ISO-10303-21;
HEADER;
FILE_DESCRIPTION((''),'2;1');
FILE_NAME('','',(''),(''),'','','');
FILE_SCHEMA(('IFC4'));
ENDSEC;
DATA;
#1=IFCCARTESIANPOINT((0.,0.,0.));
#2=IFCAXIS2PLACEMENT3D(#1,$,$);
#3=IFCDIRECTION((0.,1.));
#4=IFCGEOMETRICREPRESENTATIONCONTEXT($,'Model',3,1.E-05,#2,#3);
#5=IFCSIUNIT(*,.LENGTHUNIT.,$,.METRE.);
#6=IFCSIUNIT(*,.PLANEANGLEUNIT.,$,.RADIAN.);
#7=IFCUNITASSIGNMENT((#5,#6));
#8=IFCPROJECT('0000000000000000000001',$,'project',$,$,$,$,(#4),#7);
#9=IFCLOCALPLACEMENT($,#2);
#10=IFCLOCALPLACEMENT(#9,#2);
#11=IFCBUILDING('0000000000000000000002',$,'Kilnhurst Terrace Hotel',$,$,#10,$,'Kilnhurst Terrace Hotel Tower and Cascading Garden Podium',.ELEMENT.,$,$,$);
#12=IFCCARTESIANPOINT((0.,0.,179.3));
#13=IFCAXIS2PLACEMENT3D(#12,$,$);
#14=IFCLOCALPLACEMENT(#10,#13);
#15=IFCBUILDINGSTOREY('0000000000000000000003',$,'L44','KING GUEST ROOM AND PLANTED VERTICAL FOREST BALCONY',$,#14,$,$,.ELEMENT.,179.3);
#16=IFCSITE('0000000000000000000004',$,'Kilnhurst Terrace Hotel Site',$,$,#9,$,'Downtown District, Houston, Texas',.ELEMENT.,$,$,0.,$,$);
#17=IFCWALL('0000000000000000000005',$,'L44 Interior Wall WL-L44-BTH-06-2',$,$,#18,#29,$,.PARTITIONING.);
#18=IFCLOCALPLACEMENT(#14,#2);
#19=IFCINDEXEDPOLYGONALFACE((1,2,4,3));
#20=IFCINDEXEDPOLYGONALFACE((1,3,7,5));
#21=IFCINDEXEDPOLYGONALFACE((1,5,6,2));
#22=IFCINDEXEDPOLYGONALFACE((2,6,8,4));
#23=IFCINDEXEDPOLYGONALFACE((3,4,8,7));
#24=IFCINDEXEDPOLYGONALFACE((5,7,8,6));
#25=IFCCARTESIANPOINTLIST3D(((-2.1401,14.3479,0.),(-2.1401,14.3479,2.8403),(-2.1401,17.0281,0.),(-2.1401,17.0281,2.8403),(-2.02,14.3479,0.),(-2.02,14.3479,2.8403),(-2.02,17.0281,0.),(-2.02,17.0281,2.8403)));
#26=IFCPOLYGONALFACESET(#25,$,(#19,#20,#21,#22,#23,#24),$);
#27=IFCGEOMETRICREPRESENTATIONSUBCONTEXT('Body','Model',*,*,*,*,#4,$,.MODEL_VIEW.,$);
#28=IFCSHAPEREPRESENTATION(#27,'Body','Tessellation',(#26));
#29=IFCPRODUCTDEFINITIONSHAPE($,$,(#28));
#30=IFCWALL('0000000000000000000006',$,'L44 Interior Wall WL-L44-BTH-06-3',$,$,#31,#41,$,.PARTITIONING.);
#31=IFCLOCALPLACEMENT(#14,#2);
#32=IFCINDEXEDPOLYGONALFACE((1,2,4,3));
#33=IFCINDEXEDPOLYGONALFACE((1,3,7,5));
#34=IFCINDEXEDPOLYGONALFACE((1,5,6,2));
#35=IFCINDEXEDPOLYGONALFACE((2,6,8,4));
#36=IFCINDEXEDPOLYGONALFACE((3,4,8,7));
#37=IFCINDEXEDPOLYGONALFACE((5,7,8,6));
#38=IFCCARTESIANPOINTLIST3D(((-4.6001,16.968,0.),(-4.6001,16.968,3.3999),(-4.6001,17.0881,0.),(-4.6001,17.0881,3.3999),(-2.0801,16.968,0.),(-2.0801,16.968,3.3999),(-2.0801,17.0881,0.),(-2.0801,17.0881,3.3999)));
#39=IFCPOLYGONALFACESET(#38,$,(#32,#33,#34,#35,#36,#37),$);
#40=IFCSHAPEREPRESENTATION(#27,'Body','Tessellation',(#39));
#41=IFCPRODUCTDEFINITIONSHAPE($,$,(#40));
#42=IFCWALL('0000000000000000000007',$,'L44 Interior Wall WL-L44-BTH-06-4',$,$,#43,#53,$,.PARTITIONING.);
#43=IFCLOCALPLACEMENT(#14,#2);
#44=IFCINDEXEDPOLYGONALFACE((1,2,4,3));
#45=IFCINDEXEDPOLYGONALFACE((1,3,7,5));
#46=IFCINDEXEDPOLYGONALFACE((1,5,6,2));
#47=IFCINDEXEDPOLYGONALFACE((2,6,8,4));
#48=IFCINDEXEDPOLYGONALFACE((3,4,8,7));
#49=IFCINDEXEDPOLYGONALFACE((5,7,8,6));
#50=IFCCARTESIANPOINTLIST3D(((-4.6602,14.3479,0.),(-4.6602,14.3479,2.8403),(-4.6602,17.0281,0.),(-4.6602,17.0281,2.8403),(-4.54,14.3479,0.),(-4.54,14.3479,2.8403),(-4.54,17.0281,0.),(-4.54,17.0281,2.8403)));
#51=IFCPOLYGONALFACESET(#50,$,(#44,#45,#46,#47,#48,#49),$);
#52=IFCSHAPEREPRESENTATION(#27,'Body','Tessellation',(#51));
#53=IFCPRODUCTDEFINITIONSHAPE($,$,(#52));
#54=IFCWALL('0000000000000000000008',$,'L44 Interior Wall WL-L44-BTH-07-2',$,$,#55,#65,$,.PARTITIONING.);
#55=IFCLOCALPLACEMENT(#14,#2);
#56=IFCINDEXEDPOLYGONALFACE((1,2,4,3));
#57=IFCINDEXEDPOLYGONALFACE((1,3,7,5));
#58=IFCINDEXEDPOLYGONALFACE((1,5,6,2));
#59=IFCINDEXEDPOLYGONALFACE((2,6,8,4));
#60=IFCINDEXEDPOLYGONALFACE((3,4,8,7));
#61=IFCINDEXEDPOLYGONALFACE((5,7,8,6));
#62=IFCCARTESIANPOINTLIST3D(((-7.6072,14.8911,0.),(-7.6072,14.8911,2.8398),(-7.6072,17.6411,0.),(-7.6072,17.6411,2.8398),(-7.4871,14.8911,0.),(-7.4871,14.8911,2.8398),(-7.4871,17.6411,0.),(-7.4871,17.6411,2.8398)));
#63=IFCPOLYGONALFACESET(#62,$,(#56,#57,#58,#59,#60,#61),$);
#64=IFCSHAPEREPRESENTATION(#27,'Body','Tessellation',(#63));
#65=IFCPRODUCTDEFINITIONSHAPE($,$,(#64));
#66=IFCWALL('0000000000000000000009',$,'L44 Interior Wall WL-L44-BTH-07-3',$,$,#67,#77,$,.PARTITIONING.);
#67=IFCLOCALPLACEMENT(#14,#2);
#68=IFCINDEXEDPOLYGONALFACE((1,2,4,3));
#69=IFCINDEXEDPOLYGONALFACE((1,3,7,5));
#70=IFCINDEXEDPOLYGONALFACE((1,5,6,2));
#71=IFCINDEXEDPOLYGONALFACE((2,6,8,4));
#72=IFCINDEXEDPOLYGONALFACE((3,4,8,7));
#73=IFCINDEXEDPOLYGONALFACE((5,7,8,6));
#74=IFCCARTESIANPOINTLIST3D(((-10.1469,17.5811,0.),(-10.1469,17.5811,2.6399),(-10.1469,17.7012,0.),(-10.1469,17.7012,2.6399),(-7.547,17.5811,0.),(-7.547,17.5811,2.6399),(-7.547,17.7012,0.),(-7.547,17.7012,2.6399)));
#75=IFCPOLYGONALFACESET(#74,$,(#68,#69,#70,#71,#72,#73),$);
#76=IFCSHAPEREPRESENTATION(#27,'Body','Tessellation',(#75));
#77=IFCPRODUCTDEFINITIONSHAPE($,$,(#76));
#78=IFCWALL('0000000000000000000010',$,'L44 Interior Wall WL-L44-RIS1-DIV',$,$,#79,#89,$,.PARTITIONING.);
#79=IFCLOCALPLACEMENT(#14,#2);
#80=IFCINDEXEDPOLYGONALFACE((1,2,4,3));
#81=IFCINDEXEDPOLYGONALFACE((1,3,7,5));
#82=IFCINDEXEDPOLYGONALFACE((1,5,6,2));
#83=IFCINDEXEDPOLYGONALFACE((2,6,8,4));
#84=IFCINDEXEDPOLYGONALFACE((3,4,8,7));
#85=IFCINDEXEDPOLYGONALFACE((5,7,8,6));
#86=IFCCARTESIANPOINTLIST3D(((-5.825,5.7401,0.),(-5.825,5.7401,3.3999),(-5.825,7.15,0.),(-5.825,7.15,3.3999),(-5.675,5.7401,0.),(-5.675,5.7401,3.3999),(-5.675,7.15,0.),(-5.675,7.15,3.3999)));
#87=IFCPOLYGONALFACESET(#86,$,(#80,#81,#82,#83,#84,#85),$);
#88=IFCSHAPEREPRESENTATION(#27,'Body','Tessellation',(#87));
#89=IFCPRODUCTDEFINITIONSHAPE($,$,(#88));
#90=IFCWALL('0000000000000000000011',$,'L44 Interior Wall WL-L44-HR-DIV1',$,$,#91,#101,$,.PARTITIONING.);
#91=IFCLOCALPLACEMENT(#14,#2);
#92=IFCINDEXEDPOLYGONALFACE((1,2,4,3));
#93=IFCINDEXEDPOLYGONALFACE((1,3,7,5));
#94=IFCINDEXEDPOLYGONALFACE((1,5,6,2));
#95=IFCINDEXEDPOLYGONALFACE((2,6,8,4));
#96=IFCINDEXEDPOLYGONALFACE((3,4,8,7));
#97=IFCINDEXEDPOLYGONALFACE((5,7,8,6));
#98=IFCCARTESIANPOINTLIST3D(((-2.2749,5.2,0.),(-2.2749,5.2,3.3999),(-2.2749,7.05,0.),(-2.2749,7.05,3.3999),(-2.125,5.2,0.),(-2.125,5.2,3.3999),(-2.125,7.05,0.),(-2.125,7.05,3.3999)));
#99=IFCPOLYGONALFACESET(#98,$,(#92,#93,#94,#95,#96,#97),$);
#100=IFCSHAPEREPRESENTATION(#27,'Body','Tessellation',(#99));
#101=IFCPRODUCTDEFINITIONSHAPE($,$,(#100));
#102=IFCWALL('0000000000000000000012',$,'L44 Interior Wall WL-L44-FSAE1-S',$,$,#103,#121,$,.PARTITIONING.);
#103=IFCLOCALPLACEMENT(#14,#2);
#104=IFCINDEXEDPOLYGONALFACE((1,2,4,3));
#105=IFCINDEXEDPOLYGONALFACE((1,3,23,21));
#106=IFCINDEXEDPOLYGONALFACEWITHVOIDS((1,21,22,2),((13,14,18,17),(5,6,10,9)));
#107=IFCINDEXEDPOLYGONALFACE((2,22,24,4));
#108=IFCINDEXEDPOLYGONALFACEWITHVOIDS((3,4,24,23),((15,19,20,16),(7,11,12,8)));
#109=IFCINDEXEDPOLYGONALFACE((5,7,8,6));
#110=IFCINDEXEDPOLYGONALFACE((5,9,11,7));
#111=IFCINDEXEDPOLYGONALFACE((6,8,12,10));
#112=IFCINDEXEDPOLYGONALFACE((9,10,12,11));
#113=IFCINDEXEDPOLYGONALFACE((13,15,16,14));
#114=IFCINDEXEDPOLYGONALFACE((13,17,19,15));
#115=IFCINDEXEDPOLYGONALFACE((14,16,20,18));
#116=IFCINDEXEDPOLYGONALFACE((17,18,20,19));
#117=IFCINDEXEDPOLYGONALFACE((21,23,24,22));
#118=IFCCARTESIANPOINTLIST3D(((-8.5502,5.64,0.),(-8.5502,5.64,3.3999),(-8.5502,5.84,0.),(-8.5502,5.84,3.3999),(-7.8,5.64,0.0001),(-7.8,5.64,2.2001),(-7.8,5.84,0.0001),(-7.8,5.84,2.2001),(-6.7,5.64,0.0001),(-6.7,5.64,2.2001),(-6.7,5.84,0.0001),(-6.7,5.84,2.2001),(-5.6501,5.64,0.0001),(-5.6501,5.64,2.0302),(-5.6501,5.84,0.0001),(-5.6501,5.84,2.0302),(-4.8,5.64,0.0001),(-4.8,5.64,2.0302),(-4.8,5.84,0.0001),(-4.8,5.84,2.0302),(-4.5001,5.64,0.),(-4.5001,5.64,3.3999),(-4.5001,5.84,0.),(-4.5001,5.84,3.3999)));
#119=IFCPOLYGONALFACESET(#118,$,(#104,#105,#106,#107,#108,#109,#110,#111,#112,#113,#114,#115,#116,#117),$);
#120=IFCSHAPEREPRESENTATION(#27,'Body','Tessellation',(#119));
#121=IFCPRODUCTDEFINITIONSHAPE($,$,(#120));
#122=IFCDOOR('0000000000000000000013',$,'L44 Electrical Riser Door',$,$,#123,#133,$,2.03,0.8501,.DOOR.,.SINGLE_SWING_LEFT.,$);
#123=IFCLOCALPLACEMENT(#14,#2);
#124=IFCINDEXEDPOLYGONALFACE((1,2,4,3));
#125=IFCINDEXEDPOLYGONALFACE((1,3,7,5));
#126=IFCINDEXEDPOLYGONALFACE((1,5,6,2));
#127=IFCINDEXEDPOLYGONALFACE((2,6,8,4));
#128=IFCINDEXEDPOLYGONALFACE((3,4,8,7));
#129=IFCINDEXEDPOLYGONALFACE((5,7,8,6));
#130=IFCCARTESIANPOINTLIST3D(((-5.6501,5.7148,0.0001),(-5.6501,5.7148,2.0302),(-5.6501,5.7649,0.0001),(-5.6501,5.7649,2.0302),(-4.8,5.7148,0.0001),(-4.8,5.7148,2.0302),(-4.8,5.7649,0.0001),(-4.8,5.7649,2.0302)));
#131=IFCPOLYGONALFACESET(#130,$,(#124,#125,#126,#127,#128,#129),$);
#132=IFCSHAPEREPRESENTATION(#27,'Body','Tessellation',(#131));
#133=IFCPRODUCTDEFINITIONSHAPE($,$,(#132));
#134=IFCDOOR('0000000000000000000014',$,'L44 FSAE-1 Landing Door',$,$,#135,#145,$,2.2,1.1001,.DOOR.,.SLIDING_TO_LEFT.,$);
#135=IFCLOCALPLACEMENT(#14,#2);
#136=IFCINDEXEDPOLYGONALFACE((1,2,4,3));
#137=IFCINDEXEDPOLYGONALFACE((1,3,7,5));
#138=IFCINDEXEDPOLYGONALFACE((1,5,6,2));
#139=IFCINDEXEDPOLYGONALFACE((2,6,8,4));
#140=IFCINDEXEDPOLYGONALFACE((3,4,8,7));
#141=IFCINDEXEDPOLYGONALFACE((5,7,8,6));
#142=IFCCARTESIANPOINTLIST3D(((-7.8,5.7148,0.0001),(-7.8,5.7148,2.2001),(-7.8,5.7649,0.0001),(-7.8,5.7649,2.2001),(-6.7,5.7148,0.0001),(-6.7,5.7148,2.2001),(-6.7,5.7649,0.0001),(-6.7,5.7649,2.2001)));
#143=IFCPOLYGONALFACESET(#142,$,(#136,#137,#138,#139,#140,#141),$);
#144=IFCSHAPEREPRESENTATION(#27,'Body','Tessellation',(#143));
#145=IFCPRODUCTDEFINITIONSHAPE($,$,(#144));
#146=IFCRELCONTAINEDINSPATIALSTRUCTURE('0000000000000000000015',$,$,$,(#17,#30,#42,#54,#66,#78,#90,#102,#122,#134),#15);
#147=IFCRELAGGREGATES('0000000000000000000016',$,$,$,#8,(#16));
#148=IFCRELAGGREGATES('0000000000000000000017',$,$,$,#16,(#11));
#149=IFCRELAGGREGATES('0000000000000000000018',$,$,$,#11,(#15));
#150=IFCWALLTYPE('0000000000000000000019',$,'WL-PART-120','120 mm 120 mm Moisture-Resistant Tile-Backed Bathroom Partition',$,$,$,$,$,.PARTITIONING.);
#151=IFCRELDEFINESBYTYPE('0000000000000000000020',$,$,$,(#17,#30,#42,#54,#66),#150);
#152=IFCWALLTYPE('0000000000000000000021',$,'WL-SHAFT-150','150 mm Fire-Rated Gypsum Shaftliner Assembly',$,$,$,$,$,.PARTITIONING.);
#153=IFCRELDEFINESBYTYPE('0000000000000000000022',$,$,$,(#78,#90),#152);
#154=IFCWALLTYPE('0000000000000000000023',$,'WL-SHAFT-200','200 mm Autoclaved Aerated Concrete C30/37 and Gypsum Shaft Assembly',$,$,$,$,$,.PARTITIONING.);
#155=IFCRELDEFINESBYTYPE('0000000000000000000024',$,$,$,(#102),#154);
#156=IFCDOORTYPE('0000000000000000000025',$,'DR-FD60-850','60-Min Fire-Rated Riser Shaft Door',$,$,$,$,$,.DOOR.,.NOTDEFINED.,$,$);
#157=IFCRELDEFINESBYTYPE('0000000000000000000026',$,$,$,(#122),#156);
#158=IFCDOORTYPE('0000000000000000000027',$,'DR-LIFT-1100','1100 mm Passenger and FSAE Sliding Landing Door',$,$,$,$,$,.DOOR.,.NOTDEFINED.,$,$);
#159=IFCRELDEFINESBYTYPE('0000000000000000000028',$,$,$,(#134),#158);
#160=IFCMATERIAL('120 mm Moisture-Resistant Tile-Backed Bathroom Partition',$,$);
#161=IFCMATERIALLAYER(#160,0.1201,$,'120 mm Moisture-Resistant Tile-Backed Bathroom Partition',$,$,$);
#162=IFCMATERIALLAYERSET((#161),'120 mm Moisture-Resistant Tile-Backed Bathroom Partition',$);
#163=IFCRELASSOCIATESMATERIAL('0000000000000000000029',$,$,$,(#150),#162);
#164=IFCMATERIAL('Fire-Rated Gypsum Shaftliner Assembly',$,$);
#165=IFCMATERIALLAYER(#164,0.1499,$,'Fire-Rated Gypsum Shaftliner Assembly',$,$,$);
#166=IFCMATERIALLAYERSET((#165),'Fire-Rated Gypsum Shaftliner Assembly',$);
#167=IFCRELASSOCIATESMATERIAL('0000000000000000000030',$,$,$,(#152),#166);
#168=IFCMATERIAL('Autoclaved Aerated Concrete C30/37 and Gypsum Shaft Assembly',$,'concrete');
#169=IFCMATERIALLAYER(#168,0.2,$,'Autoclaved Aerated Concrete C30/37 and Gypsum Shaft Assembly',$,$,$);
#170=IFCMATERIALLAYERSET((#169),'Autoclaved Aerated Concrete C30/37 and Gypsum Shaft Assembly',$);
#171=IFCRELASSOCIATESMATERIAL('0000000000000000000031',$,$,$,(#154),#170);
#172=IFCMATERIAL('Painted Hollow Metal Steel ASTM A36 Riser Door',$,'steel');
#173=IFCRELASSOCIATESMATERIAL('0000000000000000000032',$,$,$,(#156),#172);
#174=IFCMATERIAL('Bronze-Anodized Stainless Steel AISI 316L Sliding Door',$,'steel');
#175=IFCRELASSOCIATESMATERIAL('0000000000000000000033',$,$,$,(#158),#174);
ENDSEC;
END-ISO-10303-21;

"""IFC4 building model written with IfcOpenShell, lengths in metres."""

from ifc_helpers import new_model, si_unit, direction, frame, frame_2d, origin, place, context, subcontext, project, spatial, rectangle, extrude, material, layer, layer_set, type_object, element, fill, save


model = new_model("IFC4")

# Units and contexts
model_context = context("Model", 3, precision=1e-05, world=origin(), true_north=direction((0.0, 1.0)))
body_context = subcontext(model_context, "Body", "Model", "MODEL_VIEW")
ifc_project = project(units=[si_unit("LENGTHUNIT", "METRE"), si_unit("PLANEANGLEUNIT", "RADIAN")], contexts=[model_context])

# Site, building, storey
site_placement = place(None, origin())
site = spatial("IfcSite", under=ifc_project, at=site_placement, Name="Kilnhurst Terrace Hotel Site", LongName="Downtown District, Houston, Texas", CompositionType="ELEMENT", RefElevation=0.0)
building_placement = place(site_placement, origin())
building = spatial("IfcBuilding", under=site, at=building_placement, Name="Kilnhurst Terrace Hotel", LongName="Kilnhurst Terrace Hotel Tower and Cascading Garden Podium", CompositionType="ELEMENT")
storey_placement = place(building_placement, frame((0.0, 0.0, 179.3)))
storey = spatial("IfcBuildingStorey", under=building, at=storey_placement, Name="L44", Description="KING GUEST ROOM AND PLANTED VERTICAL FOREST BALCONY", CompositionType="ELEMENT", Elevation=179.3)

# Shared definitions
ifc_material_1 = material(Name="120 mm Moisture-Resistant Tile-Backed Bathroom Partition")
ifc_layer_1 = layer(ifc_material_1, 0.1201, Name="120 mm Moisture-Resistant Tile-Backed Bathroom Partition")
ifc_layer_set_1 = layer_set([ifc_layer_1], Name="120 mm Moisture-Resistant Tile-Backed Bathroom Partition")
wall_type_1 = type_object("IfcWallType", Name="WL-PART-120", Description="120 mm 120 mm Moisture-Resistant Tile-Backed Bathroom Partition", PredefinedType="PARTITIONING", material=ifc_layer_set_1)

# Walls
wall_1_placement = place(storey_placement, frame((-2.0801, 14.3479, 0.0), z_axis=(0.0, 0.0, 1.0), x_axis=(0.0, 1.0, 0.0)))
element("IfcWall", 1, at=wall_1_placement, inside=storey, type_object=wall_type_1, Name="L44 Interior Wall WL-L44-BTH-06-2", PredefinedType="PARTITIONING", context=body_context, shape_type="SweptSolid", body=[
    extrude(rectangle(XDim=2.6802, YDim=0.1201, at=frame_2d((1.3401, 0.0))), origin(), (0.0, 0.0, 1.0), 2.8403),
])
wall_2_placement = place(storey_placement, frame((-2.0801, 17.0281, 0.0), z_axis=(0.0, 0.0, 1.0), x_axis=(-1.0, 0.0, 0.0)))
element("IfcWall", 2, at=wall_2_placement, inside=storey, type_object=wall_type_1, Name="L44 Interior Wall WL-L44-BTH-06-3", PredefinedType="PARTITIONING", context=body_context, shape_type="SweptSolid", body=[
    extrude(rectangle(XDim=2.52, YDim=0.1201, at=frame_2d((1.26, 0.0))), origin(), (0.0, 0.0, 1.0), 3.3999),
])
wall_3_placement = place(storey_placement, frame((-4.6001, 17.0281, 0.0), z_axis=(0.0, 0.0, 1.0), x_axis=(0.0, -1.0, 0.0)))
element("IfcWall", 3, at=wall_3_placement, inside=storey, type_object=wall_type_1, Name="L44 Interior Wall WL-L44-BTH-06-4", PredefinedType="PARTITIONING", context=body_context, shape_type="SweptSolid", body=[
    extrude(rectangle(XDim=2.6802, YDim=0.1201, at=frame_2d((1.3401, 0.0))), origin(), (0.0, 0.0, 1.0), 2.8403),
])
wall_4_placement = place(storey_placement, frame((-7.5471, 14.8911, 0.0), z_axis=(0.0, 0.0, 1.0), x_axis=(0.0, 1.0, 0.0)))
element("IfcWall", 4, at=wall_4_placement, inside=storey, type_object=wall_type_1, Name="L44 Interior Wall WL-L44-BTH-07-2", PredefinedType="PARTITIONING", context=body_context, shape_type="SweptSolid", body=[
    extrude(rectangle(XDim=2.75, YDim=0.1201, at=frame_2d((1.375, 0.0))), origin(), (0.0, 0.0, 1.0), 2.8398),
])
wall_5_placement = place(storey_placement, frame((-7.5471, 17.6411, 0.0), z_axis=(0.0, 0.0, 1.0), x_axis=(-1.0, 0.0, 0.0)))
element("IfcWall", 5, at=wall_5_placement, inside=storey, type_object=wall_type_1, Name="L44 Interior Wall WL-L44-BTH-07-3", PredefinedType="PARTITIONING", context=body_context, shape_type="SweptSolid", body=[
    extrude(rectangle(XDim=2.5999, YDim=0.1201, at=frame_2d((1.2998, 0.0))), origin(), (0.0, 0.0, 1.0), 2.6399),
])
ifc_material_2 = material(Name="Fire-Rated Gypsum Shaftliner Assembly")
ifc_layer_2 = layer(ifc_material_2, 0.1499, Name="Fire-Rated Gypsum Shaftliner Assembly")
ifc_layer_set_2 = layer_set([ifc_layer_2], Name="Fire-Rated Gypsum Shaftliner Assembly")
wall_type_2 = type_object("IfcWallType", Name="WL-SHAFT-150", Description="150 mm Fire-Rated Gypsum Shaftliner Assembly", PredefinedType="PARTITIONING", material=ifc_layer_set_2)
wall_6_placement = place(storey_placement, frame((-5.75, 5.74, 0.0), z_axis=(0.0, 0.0, 1.0), x_axis=(0.0, 1.0, 0.0)))
element("IfcWall", 6, at=wall_6_placement, inside=storey, type_object=wall_type_2, Name="L44 Interior Wall WL-L44-RIS1-DIV", PredefinedType="PARTITIONING", context=body_context, shape_type="SweptSolid", body=[
    extrude(rectangle(XDim=1.4099, YDim=0.1499, at=frame_2d((0.7051, 0.0))), origin(), (0.0, 0.0, 1.0), 3.3999),
])
wall_7_placement = place(storey_placement, frame((-2.2, 5.2, 0.0), z_axis=(0.0, 0.0, 1.0), x_axis=(0.0, 1.0, 0.0)))
element("IfcWall", 7, at=wall_7_placement, inside=storey, type_object=wall_type_2, Name="L44 Interior Wall WL-L44-HR-DIV1", PredefinedType="PARTITIONING", context=body_context, shape_type="SweptSolid", body=[
    extrude(rectangle(XDim=1.8501, YDim=0.1499, at=frame_2d((0.925, 0.0))), origin(), (0.0, 0.0, 1.0), 3.3999),
])

# Wall, openings, doors
ifc_material_3 = material(Name="Autoclaved Aerated Concrete C30/37 and Gypsum Shaft Assembly", Category="concrete")
ifc_layer_3 = layer(ifc_material_3, 0.2, Name="Autoclaved Aerated Concrete C30/37 and Gypsum Shaft Assembly")
ifc_layer_set_3 = layer_set([ifc_layer_3], Name="Autoclaved Aerated Concrete C30/37 and Gypsum Shaft Assembly")
wall_type_3 = type_object("IfcWallType", Name="WL-SHAFT-200", Description="200 mm Autoclaved Aerated Concrete C30/37 and Gypsum Shaft Assembly", PredefinedType="PARTITIONING", material=ifc_layer_set_3)
wall_8_placement = place(storey_placement, frame((-8.55, 5.74, 0.0), z_axis=(0.0, 0.0, 1.0), x_axis=(1.0, 0.0, 0.0)))
wall_8 = element("IfcWall", 8, at=wall_8_placement, inside=storey, type_object=wall_type_3, Name="L44 Interior Wall WL-L44-FSAE1-S", PredefinedType="PARTITIONING", context=body_context, shape_type="SweptSolid", body=[
    extrude(rectangle(XDim=4.05, YDim=0.2, at=frame_2d((2.0249, 0.0))), origin(), (0.0, 0.0, 1.0), 3.3999),
])
opening_1_placement = place(wall_8_placement, frame((0.75, 0.0, 0.0)))
opening_1 = element("IfcOpeningElement", 9, at=opening_1_placement, cuts=wall_8, PredefinedType="OPENING", context=body_context, shape_type="SweptSolid", body=[
    extrude(rectangle(XDim=1.1001, YDim=2.2, at=frame_2d((0.55, 1.1001))), frame((0.0, 0.1099, 0.0), z_axis=(0.0, -1.0, 0.0), x_axis=(1.0, 0.0, 0.0)), (0.0, 0.0, 1.0), 0.22),
])
opening_2_placement = place(wall_8_placement, frame((2.8999, 0.0, 0.0)))
opening_2 = element("IfcOpeningElement", 10, at=opening_2_placement, cuts=wall_8, PredefinedType="OPENING", context=body_context, shape_type="SweptSolid", body=[
    extrude(rectangle(XDim=0.8501, YDim=2.03, at=frame_2d((0.425, 1.0151))), frame((0.0, 0.1099, 0.0), z_axis=(0.0, -1.0, 0.0), x_axis=(1.0, 0.0, 0.0)), (0.0, 0.0, 1.0), 0.22),
])
ifc_material_4 = material(Name="Painted Hollow Metal Steel ASTM A36 Riser Door", Category="steel")
door_type_1 = type_object("IfcDoorType", Name="DR-FD60-850", Description="60-Min Fire-Rated Riser Shaft Door", OperationType="NOTDEFINED", PredefinedType="DOOR", material=ifc_material_4)
door_1_placement = place(opening_2_placement, origin())
door_1 = element("IfcDoor", 11, at=door_1_placement, inside=storey, type_object=door_type_1, Name="L44 Electrical Riser Door", OperationType="SINGLE_SWING_LEFT", OverallHeight=2.03, OverallWidth=0.8501, PredefinedType="DOOR", context=body_context, shape_type="SweptSolid", body=[
    extrude(rectangle(XDim=0.8501, YDim=2.03, at=frame_2d((0.425, 1.0151))), frame((0.0, 0.0249, 0.0), z_axis=(0.0, -1.0, 0.0), x_axis=(1.0, 0.0, 0.0)), (0.0, 0.0, 1.0), 0.05),
])
fill(opening_2, door_1)
ifc_material_5 = material(Name="Bronze-Anodized Stainless Steel AISI 316L Sliding Door", Category="steel")
door_type_2 = type_object("IfcDoorType", Name="DR-LIFT-1100", Description="1100 mm Passenger and FSAE Sliding Landing Door", OperationType="NOTDEFINED", PredefinedType="DOOR", material=ifc_material_5)
door_2_placement = place(opening_1_placement, origin())
door_2 = element("IfcDoor", 12, at=door_2_placement, inside=storey, type_object=door_type_2, Name="L44 FSAE-1 Landing Door", OperationType="SLIDING_TO_LEFT", OverallHeight=2.2, OverallWidth=1.1001, PredefinedType="DOOR", context=body_context, shape_type="SweptSolid", body=[
    extrude(rectangle(XDim=1.1001, YDim=2.2, at=frame_2d((0.55, 1.1001))), frame((0.0, 0.0249, 0.0), z_axis=(0.0, -1.0, 0.0), x_axis=(1.0, 0.0, 0.0)), (0.0, 0.0, 1.0), 0.05),
])
fill(opening_1, door_2)

save(model, "model.ifc")
